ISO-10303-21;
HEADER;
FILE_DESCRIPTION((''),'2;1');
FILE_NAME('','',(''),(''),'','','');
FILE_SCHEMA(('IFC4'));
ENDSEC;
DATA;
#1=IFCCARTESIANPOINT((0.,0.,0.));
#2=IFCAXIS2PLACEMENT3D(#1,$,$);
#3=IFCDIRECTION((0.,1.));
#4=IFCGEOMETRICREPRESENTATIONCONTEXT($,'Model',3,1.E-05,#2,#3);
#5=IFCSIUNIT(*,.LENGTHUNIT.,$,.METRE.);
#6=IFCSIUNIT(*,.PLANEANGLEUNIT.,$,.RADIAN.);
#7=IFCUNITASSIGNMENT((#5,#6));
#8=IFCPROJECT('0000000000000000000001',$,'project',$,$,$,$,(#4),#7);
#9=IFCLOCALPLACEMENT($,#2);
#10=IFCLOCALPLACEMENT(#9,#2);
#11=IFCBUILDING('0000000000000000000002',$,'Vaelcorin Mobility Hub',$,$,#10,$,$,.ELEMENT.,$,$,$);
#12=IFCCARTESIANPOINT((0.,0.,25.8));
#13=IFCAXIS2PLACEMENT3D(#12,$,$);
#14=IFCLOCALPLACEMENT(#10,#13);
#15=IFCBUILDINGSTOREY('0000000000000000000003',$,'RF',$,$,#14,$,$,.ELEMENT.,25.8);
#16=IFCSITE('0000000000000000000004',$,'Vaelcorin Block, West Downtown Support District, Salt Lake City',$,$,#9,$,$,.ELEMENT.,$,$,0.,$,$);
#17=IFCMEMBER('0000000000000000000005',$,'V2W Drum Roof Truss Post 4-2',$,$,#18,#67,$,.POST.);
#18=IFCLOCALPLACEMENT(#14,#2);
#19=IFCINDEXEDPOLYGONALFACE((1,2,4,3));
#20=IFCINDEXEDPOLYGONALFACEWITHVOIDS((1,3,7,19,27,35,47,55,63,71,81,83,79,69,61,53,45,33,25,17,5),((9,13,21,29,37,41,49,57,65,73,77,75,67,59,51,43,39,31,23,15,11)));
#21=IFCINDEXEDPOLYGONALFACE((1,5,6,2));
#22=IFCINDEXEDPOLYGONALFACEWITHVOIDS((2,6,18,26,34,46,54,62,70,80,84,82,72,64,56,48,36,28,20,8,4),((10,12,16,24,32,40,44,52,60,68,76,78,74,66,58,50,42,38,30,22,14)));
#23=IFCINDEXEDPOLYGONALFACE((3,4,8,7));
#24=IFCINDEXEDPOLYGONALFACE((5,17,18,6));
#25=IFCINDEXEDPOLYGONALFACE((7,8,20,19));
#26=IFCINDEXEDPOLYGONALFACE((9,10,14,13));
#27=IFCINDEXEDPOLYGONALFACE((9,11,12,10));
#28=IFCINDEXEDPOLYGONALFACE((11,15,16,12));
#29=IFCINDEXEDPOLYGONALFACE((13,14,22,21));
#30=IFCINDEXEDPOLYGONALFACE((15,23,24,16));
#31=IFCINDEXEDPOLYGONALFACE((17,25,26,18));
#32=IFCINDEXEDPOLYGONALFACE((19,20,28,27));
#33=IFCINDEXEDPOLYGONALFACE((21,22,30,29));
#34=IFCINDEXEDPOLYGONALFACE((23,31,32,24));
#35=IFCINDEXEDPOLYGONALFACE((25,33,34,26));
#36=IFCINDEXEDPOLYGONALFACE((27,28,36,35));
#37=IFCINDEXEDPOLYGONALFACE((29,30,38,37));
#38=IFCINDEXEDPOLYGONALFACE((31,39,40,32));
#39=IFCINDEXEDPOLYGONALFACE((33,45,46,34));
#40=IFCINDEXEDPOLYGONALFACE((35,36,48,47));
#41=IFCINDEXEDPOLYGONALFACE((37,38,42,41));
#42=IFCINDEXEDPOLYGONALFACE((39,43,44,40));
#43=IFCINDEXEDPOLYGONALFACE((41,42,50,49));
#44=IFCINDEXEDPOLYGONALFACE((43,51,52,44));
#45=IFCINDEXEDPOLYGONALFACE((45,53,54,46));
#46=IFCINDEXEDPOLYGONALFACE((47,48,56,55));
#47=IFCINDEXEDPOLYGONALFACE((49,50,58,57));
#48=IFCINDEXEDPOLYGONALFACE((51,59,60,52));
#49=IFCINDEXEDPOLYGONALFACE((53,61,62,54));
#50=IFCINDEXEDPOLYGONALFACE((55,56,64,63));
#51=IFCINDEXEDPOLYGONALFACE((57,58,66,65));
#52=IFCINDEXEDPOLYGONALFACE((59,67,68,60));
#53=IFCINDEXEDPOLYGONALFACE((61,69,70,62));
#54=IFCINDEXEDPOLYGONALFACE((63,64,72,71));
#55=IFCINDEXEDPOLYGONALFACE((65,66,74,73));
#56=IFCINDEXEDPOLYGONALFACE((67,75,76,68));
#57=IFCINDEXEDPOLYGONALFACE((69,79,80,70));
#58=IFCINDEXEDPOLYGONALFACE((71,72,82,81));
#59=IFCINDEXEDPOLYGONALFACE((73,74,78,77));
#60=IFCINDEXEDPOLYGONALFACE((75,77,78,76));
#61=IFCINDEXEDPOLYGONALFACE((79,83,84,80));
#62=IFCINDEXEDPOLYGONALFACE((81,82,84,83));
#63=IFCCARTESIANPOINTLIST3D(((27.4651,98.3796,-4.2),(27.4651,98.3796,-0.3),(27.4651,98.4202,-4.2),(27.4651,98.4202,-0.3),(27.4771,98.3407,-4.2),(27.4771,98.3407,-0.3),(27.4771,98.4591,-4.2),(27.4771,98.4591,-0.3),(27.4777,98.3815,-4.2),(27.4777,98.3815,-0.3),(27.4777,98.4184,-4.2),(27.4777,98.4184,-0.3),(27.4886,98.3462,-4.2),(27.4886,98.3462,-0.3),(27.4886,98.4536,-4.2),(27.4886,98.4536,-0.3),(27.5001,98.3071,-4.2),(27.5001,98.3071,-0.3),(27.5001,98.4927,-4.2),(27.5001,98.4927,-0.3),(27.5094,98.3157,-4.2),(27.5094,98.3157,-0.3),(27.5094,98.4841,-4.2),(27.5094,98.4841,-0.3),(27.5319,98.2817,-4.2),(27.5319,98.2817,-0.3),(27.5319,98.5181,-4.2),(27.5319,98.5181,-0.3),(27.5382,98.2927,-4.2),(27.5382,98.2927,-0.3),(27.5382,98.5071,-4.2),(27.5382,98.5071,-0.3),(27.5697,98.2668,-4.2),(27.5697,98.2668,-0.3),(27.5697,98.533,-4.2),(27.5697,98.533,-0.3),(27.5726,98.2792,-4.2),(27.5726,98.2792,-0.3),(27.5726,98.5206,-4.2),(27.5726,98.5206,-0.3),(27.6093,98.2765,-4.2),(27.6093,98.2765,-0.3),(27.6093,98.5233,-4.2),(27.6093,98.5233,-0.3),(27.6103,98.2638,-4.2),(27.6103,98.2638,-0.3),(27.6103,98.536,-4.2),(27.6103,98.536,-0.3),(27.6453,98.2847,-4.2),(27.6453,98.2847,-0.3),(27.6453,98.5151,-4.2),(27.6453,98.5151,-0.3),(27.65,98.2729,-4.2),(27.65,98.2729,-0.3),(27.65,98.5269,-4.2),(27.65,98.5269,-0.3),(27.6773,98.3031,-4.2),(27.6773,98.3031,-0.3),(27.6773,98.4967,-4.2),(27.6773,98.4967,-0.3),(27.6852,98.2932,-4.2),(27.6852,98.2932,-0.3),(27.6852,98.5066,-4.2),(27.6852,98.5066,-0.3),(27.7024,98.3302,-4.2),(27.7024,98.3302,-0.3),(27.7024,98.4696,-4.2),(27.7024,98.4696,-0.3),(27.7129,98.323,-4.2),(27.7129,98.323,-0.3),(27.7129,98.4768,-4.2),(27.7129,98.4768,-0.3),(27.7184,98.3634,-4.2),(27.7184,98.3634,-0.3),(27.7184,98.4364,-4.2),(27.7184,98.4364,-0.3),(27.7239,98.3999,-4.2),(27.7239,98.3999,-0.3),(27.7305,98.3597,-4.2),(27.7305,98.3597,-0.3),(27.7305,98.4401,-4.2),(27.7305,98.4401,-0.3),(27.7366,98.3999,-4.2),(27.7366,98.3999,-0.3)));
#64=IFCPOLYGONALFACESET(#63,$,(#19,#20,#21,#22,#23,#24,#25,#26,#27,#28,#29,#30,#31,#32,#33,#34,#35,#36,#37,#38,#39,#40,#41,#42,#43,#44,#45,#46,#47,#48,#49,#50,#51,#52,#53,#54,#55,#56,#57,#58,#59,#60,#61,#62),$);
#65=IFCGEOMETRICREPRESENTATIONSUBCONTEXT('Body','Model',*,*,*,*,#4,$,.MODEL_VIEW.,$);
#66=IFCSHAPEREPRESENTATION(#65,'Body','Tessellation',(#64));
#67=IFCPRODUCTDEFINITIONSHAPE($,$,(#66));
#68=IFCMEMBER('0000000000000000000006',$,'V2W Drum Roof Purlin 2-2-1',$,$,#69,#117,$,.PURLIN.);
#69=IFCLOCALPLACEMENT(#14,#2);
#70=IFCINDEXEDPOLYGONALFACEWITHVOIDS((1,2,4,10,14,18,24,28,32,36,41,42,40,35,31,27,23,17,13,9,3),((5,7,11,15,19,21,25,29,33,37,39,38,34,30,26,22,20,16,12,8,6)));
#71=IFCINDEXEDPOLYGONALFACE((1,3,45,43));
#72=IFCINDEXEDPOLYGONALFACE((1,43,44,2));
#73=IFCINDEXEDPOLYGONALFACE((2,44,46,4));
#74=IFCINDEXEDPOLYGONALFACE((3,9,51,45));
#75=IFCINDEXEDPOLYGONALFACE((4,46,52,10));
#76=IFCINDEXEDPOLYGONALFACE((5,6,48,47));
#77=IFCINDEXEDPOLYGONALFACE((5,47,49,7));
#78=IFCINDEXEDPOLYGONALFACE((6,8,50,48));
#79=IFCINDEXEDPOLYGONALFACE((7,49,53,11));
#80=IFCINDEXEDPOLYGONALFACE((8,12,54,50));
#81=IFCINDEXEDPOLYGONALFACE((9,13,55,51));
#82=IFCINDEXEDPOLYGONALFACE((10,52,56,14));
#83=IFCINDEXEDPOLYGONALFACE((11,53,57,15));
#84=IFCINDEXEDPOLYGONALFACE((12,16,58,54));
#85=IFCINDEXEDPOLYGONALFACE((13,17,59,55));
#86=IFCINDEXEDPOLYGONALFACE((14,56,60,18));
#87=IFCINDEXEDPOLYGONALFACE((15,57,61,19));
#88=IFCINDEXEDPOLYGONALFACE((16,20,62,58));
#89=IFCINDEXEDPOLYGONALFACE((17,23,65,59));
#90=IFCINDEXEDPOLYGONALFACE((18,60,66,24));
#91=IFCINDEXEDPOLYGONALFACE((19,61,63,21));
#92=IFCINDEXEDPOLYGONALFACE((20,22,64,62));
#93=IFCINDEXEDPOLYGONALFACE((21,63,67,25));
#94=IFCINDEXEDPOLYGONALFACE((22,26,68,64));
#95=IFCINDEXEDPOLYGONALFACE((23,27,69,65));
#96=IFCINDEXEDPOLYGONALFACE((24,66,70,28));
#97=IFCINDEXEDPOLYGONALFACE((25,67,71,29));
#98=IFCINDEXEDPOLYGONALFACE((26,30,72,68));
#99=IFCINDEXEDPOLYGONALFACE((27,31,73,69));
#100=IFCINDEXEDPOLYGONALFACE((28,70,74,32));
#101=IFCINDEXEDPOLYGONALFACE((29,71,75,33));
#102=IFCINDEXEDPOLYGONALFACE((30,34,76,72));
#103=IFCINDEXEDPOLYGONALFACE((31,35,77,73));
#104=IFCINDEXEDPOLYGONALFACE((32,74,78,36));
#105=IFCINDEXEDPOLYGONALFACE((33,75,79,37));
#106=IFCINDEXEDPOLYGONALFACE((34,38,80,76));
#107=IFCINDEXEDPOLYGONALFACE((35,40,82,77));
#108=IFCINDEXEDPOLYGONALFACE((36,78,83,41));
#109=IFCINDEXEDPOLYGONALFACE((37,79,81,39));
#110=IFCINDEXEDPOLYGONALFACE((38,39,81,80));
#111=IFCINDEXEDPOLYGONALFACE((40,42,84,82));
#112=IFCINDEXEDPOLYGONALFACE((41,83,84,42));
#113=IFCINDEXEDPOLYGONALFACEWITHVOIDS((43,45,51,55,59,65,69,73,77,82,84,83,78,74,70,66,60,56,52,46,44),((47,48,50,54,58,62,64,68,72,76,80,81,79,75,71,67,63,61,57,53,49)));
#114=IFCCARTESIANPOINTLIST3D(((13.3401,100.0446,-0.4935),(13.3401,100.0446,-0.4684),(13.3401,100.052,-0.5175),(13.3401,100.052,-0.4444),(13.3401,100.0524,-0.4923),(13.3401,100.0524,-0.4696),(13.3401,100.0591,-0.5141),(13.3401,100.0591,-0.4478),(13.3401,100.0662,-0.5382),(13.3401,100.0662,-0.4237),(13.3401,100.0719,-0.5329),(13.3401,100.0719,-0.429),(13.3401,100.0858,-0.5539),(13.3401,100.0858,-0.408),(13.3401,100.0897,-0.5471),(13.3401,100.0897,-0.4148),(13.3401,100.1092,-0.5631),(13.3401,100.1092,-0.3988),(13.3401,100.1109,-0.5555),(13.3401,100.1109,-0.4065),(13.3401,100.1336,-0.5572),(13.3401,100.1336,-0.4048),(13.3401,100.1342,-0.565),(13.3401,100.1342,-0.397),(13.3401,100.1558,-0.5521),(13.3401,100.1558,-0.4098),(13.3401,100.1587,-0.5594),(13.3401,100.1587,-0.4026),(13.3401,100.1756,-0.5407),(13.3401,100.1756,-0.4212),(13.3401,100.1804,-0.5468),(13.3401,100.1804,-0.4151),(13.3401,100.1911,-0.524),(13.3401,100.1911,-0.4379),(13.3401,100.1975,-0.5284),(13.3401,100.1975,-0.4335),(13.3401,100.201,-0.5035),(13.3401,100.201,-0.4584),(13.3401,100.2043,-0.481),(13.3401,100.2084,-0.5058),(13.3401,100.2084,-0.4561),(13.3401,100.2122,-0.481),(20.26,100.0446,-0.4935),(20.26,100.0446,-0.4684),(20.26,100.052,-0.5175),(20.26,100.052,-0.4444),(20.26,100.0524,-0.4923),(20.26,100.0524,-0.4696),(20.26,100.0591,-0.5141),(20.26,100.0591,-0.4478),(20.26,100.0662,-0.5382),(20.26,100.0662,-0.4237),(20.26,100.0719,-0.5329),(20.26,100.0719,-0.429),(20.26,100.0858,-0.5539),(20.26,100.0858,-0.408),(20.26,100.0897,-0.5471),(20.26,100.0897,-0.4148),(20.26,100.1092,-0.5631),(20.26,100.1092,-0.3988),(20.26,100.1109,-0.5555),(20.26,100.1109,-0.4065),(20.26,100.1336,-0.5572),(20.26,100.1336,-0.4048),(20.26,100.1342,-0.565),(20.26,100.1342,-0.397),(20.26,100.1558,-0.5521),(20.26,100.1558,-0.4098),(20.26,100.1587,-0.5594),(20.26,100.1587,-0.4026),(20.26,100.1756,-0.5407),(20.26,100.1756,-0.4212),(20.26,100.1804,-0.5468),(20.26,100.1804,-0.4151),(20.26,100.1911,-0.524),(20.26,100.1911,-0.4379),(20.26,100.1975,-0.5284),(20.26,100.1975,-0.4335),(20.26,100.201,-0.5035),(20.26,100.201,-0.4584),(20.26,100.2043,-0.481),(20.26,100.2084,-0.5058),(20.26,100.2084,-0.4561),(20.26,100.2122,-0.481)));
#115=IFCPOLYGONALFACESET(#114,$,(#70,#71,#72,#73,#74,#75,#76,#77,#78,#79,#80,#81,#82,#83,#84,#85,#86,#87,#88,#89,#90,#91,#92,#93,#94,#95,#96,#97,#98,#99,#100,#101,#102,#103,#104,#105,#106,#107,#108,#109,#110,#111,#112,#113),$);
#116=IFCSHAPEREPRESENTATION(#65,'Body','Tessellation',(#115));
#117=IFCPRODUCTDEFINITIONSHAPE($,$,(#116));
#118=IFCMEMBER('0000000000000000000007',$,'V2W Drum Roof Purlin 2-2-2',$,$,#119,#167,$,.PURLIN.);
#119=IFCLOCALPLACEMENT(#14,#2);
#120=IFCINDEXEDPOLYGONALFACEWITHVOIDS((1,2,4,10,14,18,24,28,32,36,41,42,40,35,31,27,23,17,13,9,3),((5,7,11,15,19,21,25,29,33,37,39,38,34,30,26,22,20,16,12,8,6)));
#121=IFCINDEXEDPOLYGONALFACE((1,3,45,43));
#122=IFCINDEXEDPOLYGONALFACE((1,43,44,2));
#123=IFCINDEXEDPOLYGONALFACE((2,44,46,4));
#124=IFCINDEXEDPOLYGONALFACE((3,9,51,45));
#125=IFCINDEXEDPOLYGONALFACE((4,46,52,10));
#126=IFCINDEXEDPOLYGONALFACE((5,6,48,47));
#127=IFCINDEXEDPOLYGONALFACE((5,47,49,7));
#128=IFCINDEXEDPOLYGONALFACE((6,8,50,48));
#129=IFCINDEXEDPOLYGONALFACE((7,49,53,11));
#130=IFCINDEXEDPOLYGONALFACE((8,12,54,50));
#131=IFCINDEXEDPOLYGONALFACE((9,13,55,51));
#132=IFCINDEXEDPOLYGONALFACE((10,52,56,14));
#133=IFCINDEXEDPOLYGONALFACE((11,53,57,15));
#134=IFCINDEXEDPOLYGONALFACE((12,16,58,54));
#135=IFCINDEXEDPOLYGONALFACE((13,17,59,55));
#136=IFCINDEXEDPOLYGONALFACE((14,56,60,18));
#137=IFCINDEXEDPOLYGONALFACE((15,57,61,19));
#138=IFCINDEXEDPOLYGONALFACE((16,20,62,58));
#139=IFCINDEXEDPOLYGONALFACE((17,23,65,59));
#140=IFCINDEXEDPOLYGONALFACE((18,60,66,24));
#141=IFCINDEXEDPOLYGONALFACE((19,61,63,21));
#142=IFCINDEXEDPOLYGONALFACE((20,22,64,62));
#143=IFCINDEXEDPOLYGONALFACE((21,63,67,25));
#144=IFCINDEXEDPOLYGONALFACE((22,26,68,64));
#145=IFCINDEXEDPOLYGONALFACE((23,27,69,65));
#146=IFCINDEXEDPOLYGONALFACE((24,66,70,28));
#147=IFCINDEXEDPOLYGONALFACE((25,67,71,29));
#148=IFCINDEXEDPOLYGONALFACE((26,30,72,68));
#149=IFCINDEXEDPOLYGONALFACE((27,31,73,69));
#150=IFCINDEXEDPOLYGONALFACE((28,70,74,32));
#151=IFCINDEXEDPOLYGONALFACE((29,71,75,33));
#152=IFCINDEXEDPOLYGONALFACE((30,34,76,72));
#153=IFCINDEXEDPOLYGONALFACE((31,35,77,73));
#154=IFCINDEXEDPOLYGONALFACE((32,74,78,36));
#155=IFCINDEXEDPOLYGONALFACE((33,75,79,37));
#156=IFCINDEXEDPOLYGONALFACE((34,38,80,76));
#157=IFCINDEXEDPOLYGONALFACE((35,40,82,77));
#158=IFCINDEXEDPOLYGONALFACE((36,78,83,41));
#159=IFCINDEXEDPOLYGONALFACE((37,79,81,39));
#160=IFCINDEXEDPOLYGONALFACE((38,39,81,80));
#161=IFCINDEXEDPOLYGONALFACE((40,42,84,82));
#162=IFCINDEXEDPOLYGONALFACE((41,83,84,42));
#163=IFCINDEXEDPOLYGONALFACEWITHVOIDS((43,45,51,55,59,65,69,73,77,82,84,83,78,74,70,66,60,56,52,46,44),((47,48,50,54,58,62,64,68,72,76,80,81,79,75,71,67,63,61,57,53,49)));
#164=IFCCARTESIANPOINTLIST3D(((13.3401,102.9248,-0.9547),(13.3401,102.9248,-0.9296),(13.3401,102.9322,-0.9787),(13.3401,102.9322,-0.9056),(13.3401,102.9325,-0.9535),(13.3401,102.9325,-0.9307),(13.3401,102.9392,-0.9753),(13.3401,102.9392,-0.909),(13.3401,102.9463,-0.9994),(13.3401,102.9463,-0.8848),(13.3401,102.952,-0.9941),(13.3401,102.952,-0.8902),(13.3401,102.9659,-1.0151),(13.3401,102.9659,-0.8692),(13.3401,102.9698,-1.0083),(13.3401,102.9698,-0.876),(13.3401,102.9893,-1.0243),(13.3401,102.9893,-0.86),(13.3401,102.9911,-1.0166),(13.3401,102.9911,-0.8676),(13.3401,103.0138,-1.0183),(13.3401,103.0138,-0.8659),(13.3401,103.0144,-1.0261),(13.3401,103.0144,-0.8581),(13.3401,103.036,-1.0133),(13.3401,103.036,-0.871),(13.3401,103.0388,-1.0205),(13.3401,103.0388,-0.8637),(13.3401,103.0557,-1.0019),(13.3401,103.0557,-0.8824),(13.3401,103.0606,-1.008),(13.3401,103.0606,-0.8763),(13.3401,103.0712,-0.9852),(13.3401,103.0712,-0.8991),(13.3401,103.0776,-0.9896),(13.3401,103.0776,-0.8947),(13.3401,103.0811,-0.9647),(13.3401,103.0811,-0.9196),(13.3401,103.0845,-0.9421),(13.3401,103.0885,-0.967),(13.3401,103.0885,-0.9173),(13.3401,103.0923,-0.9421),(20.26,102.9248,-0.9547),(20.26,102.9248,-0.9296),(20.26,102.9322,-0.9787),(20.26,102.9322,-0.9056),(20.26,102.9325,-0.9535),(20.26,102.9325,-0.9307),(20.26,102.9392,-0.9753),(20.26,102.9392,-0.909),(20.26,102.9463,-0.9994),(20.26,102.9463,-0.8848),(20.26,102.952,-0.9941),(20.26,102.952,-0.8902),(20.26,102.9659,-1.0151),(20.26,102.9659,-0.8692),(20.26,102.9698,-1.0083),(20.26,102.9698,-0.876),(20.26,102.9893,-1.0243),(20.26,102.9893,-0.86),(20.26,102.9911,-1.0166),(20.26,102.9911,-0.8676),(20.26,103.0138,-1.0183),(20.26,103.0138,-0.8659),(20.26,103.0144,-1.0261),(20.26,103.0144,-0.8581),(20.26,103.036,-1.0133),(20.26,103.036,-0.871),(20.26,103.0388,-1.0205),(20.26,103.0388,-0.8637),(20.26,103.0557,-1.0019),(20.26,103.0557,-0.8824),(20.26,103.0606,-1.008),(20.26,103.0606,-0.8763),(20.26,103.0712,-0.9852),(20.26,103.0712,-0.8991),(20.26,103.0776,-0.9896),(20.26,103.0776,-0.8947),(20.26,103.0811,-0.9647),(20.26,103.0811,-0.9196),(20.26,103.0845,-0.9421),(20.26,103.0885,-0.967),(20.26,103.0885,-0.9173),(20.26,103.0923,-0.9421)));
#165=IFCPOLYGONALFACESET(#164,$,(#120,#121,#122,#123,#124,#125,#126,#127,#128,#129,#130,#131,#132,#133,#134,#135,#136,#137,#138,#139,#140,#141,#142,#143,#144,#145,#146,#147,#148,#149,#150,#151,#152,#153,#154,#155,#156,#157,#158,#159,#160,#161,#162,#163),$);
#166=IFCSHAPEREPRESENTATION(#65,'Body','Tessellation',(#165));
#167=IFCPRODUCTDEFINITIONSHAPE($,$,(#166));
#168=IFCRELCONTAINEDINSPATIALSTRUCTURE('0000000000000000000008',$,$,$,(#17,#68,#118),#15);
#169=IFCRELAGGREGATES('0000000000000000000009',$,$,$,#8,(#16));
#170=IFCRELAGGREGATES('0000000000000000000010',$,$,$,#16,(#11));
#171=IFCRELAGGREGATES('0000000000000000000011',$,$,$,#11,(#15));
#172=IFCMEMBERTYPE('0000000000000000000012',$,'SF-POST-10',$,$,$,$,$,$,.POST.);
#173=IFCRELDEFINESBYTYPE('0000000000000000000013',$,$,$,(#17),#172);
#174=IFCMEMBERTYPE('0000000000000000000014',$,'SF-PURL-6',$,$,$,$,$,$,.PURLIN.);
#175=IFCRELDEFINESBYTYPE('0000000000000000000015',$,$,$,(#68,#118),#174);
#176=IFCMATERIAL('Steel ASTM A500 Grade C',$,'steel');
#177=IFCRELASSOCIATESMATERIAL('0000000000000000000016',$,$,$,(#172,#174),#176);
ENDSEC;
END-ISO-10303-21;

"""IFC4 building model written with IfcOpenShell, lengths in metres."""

from ifc_helpers import new_model, si_unit, direction, frame, origin, origin_2d, place, context, subcontext, project, spatial, hollow_circle, extrude, material, material_profile, profile_set, type_object, element, save


model = new_model("IFC4")

# Units and contexts
model_context = context("Model", 3, precision=1e-05, world=origin(), true_north=direction((0.0, 1.0)))
body_context = subcontext(model_context, "Body", "Model", "MODEL_VIEW")
ifc_project = project(units=[si_unit("LENGTHUNIT", "METRE"), si_unit("PLANEANGLEUNIT", "RADIAN")], contexts=[model_context])

# Site, building, storey
site_placement = place(None, origin())
site = spatial("IfcSite", under=ifc_project, at=site_placement, Name="Vaelcorin Block, West Downtown Support District, Salt Lake City", CompositionType="ELEMENT", RefElevation=0.0)
building_placement = place(site_placement, origin())
building = spatial("IfcBuilding", under=site, at=building_placement, Name="Vaelcorin Mobility Hub", CompositionType="ELEMENT")
storey_placement = place(building_placement, frame((0.0, 0.0, 25.8)))
storey = spatial("IfcBuildingStorey", under=building, at=storey_placement, Name="RF", CompositionType="ELEMENT", Elevation=25.8)

# Members
ifc_material_1 = material(Name="Steel ASTM A500 Grade C", Category="steel")
ifc_material_profile_1 = material_profile(ifc_material_1, hollow_circle(Radius=0.1365, WallThickness=0.0127, at=origin_2d()), Name="HSS10.750X0.500")
ifc_profile_set_1 = profile_set([ifc_material_profile_1], Name="Steel ASTM A500 Grade C")
member_type_1 = type_object("IfcMemberType", Name="SF-POST-10", PredefinedType="POST", material=ifc_profile_set_1)
for number, where, z_axis, x_axis, name in (
    (1, (27.6001, 98.3999, -4.2), (0.0, 0.0, 1.0), (1.0, 0.0, 0.0), "V2W Drum Roof Truss Post 4-2"),
):
    element("IfcMember", number, at=place(storey_placement, frame(where, z_axis=z_axis, x_axis=x_axis)), inside=storey, type_object=member_type_1, Name=name, PredefinedType="POST", context=body_context, shape_type="SweptSolid", body=[
        extrude(hollow_circle(Radius=0.1365, WallThickness=0.0127, at=origin_2d()), origin(), (0.0, 0.0, 1.0), 3.8999),
    ])
ifc_material_profile_2 = material_profile(ifc_material_1, hollow_circle(Radius=0.0842, WallThickness=0.0078, at=origin_2d()), Name="HSS6.625X0.312")
ifc_profile_set_2 = profile_set([ifc_material_profile_2], Name="Steel ASTM A500 Grade C")
member_type_2 = type_object("IfcMemberType", Name="SF-PURL-6", PredefinedType="PURLIN", material=ifc_profile_set_2)
for number, where, z_axis, x_axis, name in (
    (2, (13.3401, 100.1279, -0.481), (1.0, 0.0, 0.0), (0.0, 1.0, 0.0), "V2W Drum Roof Purlin 2-2-1"),
    (3, (13.3401, 103.0081, -0.9421), (1.0, 0.0, 0.0), (0.0, 1.0, 0.0), "V2W Drum Roof Purlin 2-2-2"),
):
    element("IfcMember", number, at=place(storey_placement, frame(where, z_axis=z_axis, x_axis=x_axis)), inside=storey, type_object=member_type_2, Name=name, PredefinedType="PURLIN", context=body_context, shape_type="SweptSolid", body=[
        extrude(hollow_circle(Radius=0.0842, WallThickness=0.0078, at=origin_2d()), origin(), (0.0, 0.0, 1.0), 6.9199),
    ])

save(model, "model.ifc")
